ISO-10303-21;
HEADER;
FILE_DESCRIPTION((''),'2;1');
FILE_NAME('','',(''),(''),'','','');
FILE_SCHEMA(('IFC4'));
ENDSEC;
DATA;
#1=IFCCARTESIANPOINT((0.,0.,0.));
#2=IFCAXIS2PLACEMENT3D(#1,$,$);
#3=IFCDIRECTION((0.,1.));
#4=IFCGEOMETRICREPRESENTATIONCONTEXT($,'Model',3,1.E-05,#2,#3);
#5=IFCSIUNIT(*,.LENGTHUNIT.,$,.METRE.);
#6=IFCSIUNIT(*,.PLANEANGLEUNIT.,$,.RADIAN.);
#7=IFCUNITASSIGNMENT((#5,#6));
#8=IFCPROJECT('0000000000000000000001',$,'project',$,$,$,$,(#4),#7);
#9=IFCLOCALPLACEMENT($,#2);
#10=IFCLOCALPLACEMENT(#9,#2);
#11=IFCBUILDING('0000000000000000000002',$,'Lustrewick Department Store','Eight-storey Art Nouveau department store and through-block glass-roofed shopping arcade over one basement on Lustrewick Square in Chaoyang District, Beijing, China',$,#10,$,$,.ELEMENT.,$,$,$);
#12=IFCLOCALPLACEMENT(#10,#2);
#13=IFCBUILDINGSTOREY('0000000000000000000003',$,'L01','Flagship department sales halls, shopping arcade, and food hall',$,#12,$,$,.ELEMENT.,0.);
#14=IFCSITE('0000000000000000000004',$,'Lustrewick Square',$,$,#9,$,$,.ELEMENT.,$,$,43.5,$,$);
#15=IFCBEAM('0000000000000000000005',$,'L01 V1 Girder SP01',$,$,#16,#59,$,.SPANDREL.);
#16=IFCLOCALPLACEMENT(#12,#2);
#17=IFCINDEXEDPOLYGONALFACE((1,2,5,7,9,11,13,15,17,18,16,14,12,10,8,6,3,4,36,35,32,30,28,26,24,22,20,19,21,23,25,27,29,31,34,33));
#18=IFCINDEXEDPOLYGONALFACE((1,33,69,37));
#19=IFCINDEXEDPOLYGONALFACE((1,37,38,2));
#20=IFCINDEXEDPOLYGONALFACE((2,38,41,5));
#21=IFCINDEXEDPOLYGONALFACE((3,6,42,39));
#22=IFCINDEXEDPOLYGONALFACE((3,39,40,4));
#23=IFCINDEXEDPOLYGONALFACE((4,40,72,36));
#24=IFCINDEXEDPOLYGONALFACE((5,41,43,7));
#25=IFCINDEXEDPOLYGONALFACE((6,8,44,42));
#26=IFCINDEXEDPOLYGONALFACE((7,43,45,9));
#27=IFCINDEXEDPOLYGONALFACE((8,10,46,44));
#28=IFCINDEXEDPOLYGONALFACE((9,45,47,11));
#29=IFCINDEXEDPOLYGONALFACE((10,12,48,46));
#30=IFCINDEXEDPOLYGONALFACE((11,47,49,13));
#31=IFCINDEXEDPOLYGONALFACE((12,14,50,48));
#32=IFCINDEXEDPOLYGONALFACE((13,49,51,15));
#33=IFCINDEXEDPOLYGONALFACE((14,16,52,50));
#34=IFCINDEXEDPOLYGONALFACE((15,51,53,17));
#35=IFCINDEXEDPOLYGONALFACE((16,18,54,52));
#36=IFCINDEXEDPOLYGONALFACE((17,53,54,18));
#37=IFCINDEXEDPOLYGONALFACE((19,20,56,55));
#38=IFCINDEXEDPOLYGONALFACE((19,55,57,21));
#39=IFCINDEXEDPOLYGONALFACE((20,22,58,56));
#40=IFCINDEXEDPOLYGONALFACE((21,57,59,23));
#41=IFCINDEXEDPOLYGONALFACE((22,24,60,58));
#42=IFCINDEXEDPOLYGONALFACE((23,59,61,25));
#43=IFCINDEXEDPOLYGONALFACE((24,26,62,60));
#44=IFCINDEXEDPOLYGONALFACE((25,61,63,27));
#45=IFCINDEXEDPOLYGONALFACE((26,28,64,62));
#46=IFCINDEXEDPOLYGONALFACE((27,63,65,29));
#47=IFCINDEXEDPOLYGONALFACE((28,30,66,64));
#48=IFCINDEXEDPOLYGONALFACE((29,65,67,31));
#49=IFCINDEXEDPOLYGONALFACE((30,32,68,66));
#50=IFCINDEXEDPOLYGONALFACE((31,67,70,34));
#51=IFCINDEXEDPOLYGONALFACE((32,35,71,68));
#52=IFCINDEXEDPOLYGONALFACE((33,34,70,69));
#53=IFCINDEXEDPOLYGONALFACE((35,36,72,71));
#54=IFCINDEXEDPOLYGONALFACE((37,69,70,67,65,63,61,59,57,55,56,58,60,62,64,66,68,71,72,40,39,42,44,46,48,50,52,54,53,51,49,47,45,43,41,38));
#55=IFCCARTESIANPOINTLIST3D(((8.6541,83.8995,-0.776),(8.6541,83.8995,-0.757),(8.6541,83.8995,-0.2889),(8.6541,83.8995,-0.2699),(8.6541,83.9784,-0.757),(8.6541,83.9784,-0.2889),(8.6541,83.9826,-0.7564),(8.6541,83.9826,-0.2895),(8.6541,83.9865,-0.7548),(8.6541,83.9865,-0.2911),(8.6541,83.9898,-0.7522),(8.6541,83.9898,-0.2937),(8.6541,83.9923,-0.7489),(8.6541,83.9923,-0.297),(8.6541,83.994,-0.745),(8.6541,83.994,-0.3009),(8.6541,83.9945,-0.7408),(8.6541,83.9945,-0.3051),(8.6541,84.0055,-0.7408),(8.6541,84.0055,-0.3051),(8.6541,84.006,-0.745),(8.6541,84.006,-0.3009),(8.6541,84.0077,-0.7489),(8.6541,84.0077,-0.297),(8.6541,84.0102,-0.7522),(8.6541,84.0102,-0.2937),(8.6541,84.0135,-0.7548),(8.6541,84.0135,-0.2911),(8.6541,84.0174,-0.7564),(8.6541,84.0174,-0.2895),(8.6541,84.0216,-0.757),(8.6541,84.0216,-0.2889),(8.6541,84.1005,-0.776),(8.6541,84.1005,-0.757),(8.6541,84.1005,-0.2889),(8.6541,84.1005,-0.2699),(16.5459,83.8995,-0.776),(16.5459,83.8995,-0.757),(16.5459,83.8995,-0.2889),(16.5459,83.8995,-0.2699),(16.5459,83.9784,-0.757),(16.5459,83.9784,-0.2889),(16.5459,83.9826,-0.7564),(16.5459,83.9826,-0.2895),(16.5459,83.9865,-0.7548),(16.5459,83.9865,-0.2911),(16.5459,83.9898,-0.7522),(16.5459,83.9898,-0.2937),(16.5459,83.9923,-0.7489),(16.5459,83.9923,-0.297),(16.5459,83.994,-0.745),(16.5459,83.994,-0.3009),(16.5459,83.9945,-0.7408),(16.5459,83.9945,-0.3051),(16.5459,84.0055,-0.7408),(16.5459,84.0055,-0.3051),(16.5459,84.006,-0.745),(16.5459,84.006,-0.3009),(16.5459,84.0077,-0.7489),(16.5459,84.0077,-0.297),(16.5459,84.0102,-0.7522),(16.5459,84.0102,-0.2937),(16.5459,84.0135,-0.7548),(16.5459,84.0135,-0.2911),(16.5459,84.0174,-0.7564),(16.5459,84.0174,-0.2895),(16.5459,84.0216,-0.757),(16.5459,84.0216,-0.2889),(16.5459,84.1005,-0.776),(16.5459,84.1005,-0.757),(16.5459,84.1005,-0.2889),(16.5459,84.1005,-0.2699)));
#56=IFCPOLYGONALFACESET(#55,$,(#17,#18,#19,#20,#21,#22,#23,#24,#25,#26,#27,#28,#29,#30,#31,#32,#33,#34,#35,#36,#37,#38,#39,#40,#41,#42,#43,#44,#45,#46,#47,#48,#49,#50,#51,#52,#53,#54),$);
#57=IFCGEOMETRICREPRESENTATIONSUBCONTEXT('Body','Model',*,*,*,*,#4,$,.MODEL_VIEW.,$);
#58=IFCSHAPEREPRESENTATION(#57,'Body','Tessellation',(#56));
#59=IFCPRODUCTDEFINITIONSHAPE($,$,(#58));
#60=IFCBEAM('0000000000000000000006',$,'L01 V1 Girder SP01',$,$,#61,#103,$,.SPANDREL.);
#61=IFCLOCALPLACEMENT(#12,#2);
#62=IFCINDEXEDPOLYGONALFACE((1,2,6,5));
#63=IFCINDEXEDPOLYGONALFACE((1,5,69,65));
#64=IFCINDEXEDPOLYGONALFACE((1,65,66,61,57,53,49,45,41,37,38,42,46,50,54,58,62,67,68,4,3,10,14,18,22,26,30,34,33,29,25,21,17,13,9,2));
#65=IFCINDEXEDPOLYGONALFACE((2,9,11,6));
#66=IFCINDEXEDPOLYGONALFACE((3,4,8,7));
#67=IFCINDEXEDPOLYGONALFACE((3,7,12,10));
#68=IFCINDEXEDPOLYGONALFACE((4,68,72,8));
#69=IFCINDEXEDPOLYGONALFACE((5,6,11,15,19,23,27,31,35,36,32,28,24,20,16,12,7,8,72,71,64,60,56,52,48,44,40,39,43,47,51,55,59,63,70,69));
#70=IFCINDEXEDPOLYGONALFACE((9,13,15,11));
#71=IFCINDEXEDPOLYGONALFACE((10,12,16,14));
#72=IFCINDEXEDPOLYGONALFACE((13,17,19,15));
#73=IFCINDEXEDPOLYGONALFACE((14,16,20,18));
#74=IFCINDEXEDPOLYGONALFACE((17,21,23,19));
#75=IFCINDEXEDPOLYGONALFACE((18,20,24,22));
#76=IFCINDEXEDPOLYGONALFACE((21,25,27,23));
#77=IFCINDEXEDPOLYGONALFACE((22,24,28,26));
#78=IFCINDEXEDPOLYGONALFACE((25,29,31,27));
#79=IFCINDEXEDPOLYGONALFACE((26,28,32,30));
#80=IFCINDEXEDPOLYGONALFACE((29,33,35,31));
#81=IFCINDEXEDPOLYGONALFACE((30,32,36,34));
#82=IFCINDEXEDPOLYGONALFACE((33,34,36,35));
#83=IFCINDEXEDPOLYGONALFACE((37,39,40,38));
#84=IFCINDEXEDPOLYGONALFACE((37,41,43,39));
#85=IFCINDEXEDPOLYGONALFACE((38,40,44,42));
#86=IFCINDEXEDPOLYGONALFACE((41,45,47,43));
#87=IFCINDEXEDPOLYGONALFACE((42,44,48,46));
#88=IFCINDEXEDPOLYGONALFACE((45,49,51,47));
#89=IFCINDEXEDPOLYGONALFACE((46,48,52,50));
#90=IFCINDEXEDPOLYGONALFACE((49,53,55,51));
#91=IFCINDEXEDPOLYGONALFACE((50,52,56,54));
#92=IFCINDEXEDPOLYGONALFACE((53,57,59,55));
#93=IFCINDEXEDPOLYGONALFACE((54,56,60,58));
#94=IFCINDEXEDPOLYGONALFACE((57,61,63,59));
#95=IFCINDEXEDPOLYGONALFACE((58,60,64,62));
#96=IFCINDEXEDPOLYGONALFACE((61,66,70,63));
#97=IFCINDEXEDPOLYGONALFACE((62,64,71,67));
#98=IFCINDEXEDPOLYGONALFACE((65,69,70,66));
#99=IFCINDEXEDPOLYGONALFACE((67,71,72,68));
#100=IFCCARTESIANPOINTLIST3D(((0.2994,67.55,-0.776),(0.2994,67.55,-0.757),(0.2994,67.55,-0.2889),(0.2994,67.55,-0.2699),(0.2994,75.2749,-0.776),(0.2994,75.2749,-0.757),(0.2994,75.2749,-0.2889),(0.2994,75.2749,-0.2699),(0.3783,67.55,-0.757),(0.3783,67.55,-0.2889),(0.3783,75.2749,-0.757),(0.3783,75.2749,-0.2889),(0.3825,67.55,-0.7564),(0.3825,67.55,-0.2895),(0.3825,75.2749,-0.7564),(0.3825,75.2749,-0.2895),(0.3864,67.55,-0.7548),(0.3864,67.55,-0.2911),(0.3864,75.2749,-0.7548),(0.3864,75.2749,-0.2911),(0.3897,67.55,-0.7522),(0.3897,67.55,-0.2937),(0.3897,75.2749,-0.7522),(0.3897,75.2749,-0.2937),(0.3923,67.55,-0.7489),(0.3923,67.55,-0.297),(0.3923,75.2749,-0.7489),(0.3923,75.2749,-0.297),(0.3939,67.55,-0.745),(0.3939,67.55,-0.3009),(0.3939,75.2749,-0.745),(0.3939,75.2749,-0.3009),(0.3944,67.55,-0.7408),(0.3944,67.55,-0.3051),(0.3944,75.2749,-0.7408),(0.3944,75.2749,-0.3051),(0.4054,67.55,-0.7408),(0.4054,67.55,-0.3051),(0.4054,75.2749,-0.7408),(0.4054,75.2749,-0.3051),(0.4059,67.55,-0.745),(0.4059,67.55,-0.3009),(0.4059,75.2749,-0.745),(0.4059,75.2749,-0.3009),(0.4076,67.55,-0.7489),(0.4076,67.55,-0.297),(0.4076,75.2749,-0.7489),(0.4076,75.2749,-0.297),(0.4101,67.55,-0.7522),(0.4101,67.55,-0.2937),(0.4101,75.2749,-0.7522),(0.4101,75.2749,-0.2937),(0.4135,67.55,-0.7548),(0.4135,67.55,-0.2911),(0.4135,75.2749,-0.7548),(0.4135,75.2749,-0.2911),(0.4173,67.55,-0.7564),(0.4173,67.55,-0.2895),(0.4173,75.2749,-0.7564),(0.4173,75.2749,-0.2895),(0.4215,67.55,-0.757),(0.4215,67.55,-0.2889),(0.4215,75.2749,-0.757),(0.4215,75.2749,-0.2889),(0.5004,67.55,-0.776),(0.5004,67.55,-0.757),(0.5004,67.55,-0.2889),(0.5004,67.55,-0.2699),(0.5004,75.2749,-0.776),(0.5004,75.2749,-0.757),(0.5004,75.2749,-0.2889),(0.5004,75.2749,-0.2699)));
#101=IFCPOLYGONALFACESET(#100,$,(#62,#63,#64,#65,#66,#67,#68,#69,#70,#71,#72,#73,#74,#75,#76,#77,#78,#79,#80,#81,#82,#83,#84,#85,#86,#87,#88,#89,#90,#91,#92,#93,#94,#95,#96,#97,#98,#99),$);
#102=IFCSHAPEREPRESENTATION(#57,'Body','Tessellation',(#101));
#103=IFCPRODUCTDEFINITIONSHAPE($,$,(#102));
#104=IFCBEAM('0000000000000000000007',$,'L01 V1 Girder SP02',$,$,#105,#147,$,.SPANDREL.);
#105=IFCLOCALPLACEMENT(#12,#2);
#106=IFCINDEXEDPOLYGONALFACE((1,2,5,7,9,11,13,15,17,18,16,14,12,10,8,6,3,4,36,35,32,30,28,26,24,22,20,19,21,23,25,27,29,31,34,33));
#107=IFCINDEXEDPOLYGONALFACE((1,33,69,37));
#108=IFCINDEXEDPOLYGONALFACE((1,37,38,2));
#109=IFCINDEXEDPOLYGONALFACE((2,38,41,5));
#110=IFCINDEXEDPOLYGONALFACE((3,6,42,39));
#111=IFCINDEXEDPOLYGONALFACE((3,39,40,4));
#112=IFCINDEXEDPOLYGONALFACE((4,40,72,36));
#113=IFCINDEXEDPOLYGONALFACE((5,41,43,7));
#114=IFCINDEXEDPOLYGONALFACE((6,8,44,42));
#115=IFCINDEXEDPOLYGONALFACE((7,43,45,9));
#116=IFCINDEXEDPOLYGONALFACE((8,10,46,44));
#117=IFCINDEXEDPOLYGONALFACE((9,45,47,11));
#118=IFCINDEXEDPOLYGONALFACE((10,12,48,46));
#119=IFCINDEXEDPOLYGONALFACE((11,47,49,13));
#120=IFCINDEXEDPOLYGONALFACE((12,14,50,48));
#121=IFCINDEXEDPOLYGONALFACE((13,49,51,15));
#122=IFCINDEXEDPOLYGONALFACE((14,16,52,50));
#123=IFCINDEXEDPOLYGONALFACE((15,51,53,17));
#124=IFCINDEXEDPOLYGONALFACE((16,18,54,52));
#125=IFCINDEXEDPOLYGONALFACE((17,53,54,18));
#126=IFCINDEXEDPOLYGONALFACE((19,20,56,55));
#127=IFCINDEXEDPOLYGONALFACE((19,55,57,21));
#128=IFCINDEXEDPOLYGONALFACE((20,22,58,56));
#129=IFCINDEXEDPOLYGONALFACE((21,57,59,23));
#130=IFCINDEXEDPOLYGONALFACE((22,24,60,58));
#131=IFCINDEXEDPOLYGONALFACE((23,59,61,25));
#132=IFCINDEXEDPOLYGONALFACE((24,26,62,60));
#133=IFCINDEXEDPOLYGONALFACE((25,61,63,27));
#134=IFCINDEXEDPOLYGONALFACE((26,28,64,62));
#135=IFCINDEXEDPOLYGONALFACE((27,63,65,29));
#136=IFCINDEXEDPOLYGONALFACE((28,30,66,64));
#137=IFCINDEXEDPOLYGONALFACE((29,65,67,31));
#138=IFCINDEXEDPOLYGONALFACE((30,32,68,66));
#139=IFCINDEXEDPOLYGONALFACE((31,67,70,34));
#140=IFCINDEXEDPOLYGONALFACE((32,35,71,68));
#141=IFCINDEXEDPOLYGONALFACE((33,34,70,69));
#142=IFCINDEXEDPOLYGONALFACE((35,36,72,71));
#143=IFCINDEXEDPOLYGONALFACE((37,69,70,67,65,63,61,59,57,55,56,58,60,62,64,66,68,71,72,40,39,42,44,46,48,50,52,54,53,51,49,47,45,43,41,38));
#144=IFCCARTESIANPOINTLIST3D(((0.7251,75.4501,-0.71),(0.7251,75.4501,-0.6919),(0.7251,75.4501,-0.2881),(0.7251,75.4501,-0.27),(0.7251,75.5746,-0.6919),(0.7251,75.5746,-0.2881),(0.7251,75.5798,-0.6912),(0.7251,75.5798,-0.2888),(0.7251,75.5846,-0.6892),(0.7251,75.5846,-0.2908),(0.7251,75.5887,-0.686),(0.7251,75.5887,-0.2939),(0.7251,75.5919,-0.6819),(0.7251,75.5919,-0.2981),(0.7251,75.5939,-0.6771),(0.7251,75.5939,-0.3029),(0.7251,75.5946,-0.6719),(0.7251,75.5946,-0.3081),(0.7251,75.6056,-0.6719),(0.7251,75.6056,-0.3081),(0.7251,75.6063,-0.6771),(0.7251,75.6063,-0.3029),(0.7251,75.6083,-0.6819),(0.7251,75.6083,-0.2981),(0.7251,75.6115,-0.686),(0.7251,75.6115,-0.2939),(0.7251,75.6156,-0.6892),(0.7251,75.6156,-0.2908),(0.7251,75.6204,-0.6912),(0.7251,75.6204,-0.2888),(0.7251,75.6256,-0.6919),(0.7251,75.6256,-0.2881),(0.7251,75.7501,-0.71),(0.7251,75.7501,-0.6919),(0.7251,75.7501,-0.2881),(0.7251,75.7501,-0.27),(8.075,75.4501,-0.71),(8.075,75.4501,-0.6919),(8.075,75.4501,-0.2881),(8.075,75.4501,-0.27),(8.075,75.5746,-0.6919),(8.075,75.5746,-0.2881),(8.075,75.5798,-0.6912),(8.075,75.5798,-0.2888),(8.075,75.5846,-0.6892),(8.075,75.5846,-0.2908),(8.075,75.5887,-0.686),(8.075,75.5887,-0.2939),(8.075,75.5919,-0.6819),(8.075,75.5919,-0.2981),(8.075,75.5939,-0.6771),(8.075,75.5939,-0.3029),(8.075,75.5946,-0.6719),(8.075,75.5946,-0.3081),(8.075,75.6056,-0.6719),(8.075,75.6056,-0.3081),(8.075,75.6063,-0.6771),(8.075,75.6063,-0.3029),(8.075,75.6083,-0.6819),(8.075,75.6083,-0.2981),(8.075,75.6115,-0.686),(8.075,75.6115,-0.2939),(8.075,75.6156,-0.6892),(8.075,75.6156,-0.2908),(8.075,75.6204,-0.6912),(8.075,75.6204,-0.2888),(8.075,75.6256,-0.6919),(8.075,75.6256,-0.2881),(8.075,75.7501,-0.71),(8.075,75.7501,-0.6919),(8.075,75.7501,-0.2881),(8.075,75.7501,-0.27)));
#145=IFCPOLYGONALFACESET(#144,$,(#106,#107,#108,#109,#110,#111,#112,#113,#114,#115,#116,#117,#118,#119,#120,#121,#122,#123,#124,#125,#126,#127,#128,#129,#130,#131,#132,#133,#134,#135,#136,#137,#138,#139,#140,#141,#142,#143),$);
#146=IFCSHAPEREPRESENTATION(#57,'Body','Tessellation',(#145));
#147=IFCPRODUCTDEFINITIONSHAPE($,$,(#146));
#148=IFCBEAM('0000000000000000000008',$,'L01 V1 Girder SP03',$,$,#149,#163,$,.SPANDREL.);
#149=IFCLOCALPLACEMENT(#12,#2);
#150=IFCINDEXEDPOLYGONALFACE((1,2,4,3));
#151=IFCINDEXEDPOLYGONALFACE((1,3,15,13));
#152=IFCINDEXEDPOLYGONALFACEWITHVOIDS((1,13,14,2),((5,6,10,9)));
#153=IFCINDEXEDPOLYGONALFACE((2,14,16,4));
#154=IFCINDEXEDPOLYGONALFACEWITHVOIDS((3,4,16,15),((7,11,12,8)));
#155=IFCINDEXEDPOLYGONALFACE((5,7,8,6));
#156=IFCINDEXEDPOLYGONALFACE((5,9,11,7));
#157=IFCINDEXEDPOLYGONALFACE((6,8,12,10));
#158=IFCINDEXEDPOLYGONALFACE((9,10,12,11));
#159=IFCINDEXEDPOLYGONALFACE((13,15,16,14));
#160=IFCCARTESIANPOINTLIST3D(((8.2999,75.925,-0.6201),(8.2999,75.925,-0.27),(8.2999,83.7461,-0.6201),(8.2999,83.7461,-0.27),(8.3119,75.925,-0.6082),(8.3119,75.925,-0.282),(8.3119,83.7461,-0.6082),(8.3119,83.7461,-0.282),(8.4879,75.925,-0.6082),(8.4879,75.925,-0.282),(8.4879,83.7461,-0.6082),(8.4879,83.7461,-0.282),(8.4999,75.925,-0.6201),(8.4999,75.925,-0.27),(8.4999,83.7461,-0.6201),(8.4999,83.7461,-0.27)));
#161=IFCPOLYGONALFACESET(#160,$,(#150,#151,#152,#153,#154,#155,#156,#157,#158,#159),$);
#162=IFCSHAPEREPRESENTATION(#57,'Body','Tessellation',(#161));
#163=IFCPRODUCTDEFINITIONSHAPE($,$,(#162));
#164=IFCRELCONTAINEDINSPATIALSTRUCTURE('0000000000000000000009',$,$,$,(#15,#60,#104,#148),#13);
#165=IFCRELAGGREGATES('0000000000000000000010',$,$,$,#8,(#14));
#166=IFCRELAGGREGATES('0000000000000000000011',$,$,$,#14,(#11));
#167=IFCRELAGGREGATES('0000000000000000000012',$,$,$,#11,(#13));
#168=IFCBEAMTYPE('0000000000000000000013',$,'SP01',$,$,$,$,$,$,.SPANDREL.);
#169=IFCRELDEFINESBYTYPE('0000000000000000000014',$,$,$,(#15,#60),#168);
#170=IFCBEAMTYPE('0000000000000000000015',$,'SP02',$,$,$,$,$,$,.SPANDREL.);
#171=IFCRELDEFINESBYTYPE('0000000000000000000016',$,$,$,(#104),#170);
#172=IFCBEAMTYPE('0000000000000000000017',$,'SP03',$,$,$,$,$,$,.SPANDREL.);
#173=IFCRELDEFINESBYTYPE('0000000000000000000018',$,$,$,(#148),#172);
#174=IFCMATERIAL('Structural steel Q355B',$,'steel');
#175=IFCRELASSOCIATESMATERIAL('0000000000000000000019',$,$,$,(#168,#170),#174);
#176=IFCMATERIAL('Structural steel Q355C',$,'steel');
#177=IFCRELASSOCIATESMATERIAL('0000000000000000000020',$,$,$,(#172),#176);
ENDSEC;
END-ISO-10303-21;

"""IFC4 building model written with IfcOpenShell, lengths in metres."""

from ifc_helpers import new_model, si_unit, direction, frame, origin, origin_2d, place, context, subcontext, project, spatial, hollow_rectangle, i_section, extrude, material, material_profile, profile_set, type_object, element, save


model = new_model("IFC4")

# Units and contexts
model_context = context("Model", 3, precision=1e-05, world=origin(), true_north=direction((0.0, 1.0)))
body_context = subcontext(model_context, "Body", "Model", "MODEL_VIEW")
ifc_project = project(units=[si_unit("LENGTHUNIT", "METRE"), si_unit("PLANEANGLEUNIT", "RADIAN")], contexts=[model_context])

# Site, building, storey
site_placement = place(None, origin())
site = spatial("IfcSite", under=ifc_project, at=site_placement, Name="Lustrewick Square", CompositionType="ELEMENT", RefElevation=43.5)
building_placement = place(site_placement, origin())
building = spatial("IfcBuilding", under=site, at=building_placement, Name="Lustrewick Department Store", Description="Eight-storey Art Nouveau department store and through-block glass-roofed shopping arcade over one basement on Lustrewick Square in Chaoyang District, Beijing, China", CompositionType="ELEMENT")
storey_placement = place(building_placement, origin())
storey = spatial("IfcBuildingStorey", under=building, at=storey_placement, Name="L01", Description="Flagship department sales halls, shopping arcade, and food hall", CompositionType="ELEMENT", Elevation=0.0)

# Shared definitions
ifc_material_1 = material(Name="Structural steel Q355C", Category="steel")

# Beams
ifc_material_2 = material(Name="Structural steel Q355B", Category="steel")
ifc_material_profile_1 = material_profile(ifc_material_2, i_section(OverallWidth=0.2009, OverallDepth=0.5061, WebThickness=0.011, FlangeThickness=0.019, FilletRadius=0.0161, at=origin_2d()), Name="HN 506x201x11x19")
ifc_profile_set_1 = profile_set([ifc_material_profile_1], Name="Structural steel Q355B")
beam_type_1 = type_object("IfcBeamType", Name="SP01", PredefinedType="SPANDREL", material=ifc_profile_set_1)
beam_1_placement = place(storey_placement, frame((8.6541, 84.0, -0.5229), z_axis=(1.0, 0.0, 0.0), x_axis=(0.0, 1.0, 0.0)))
element("IfcBeam", 1, at=beam_1_placement, inside=storey, type_object=beam_type_1, Name="L01 V1 Girder SP01", PredefinedType="SPANDREL", context=body_context, shape_type="SweptSolid", body=[
    extrude(i_section(OverallWidth=0.2009, OverallDepth=0.5061, WebThickness=0.011, FlangeThickness=0.019, FilletRadius=0.0161, at=origin_2d()), origin(), (0.0, 0.0, 1.0), 7.8918),
])
beam_2_placement = place(storey_placement, frame((0.3999, 67.55, -0.5229), z_axis=(0.0, 1.0, 0.0), x_axis=(-1.0, 0.0, 0.0)))
element("IfcBeam", 2, at=beam_2_placement, inside=storey, type_object=beam_type_1, Name="L01 V1 Girder SP01", PredefinedType="SPANDREL", context=body_context, shape_type="SweptSolid", body=[
    extrude(i_section(OverallWidth=0.2009, OverallDepth=0.5061, WebThickness=0.011, FlangeThickness=0.019, FilletRadius=0.0161, at=origin_2d()), origin(), (0.0, 0.0, 1.0), 7.7249),
])
ifc_material_profile_2 = material_profile(ifc_material_2, i_section(OverallWidth=0.3, OverallDepth=0.4399, WebThickness=0.011, FlangeThickness=0.0181, FilletRadius=0.02, at=origin_2d()), Name="HM 440x300x11x18")
ifc_profile_set_2 = profile_set([ifc_material_profile_2], Name="Structural steel Q355B")
beam_type_2 = type_object("IfcBeamType", Name="SP02", PredefinedType="SPANDREL", material=ifc_profile_set_2)
beam_3_placement = place(storey_placement, frame((0.7251, 75.6001, -0.49), z_axis=(1.0, 0.0, 0.0), x_axis=(0.0, 1.0, 0.0)))
element("IfcBeam", 3, at=beam_3_placement, inside=storey, type_object=beam_type_2, Name="L01 V1 Girder SP02", PredefinedType="SPANDREL", context=body_context, shape_type="SweptSolid", body=[
    extrude(i_section(OverallWidth=0.3, OverallDepth=0.4399, WebThickness=0.011, FlangeThickness=0.0181, FilletRadius=0.02, at=origin_2d()), origin(), (0.0, 0.0, 1.0), 7.3499),
])
ifc_material_profile_3 = material_profile(ifc_material_1, hollow_rectangle(XDim=0.2, YDim=0.3501, WallThickness=0.012, at=origin_2d()), Name="RHS 350x200x12")
ifc_profile_set_3 = profile_set([ifc_material_profile_3], Name="Structural steel Q355C")
beam_type_3 = type_object("IfcBeamType", Name="SP03", PredefinedType="SPANDREL", material=ifc_profile_set_3)
beam_4_placement = place(storey_placement, frame((8.3999, 75.925, -0.4451), z_axis=(0.0, 1.0, 0.0), x_axis=(-1.0, 0.0, 0.0)))
element("IfcBeam", 4, at=beam_4_placement, inside=storey, type_object=beam_type_3, Name="L01 V1 Girder SP03", PredefinedType="SPANDREL", context=body_context, shape_type="SweptSolid", body=[
    extrude(hollow_rectangle(XDim=0.2, YDim=0.3501, WallThickness=0.012, at=origin_2d()), origin(), (0.0, 0.0, 1.0), 7.821),
])

save(model, "model.ifc")
